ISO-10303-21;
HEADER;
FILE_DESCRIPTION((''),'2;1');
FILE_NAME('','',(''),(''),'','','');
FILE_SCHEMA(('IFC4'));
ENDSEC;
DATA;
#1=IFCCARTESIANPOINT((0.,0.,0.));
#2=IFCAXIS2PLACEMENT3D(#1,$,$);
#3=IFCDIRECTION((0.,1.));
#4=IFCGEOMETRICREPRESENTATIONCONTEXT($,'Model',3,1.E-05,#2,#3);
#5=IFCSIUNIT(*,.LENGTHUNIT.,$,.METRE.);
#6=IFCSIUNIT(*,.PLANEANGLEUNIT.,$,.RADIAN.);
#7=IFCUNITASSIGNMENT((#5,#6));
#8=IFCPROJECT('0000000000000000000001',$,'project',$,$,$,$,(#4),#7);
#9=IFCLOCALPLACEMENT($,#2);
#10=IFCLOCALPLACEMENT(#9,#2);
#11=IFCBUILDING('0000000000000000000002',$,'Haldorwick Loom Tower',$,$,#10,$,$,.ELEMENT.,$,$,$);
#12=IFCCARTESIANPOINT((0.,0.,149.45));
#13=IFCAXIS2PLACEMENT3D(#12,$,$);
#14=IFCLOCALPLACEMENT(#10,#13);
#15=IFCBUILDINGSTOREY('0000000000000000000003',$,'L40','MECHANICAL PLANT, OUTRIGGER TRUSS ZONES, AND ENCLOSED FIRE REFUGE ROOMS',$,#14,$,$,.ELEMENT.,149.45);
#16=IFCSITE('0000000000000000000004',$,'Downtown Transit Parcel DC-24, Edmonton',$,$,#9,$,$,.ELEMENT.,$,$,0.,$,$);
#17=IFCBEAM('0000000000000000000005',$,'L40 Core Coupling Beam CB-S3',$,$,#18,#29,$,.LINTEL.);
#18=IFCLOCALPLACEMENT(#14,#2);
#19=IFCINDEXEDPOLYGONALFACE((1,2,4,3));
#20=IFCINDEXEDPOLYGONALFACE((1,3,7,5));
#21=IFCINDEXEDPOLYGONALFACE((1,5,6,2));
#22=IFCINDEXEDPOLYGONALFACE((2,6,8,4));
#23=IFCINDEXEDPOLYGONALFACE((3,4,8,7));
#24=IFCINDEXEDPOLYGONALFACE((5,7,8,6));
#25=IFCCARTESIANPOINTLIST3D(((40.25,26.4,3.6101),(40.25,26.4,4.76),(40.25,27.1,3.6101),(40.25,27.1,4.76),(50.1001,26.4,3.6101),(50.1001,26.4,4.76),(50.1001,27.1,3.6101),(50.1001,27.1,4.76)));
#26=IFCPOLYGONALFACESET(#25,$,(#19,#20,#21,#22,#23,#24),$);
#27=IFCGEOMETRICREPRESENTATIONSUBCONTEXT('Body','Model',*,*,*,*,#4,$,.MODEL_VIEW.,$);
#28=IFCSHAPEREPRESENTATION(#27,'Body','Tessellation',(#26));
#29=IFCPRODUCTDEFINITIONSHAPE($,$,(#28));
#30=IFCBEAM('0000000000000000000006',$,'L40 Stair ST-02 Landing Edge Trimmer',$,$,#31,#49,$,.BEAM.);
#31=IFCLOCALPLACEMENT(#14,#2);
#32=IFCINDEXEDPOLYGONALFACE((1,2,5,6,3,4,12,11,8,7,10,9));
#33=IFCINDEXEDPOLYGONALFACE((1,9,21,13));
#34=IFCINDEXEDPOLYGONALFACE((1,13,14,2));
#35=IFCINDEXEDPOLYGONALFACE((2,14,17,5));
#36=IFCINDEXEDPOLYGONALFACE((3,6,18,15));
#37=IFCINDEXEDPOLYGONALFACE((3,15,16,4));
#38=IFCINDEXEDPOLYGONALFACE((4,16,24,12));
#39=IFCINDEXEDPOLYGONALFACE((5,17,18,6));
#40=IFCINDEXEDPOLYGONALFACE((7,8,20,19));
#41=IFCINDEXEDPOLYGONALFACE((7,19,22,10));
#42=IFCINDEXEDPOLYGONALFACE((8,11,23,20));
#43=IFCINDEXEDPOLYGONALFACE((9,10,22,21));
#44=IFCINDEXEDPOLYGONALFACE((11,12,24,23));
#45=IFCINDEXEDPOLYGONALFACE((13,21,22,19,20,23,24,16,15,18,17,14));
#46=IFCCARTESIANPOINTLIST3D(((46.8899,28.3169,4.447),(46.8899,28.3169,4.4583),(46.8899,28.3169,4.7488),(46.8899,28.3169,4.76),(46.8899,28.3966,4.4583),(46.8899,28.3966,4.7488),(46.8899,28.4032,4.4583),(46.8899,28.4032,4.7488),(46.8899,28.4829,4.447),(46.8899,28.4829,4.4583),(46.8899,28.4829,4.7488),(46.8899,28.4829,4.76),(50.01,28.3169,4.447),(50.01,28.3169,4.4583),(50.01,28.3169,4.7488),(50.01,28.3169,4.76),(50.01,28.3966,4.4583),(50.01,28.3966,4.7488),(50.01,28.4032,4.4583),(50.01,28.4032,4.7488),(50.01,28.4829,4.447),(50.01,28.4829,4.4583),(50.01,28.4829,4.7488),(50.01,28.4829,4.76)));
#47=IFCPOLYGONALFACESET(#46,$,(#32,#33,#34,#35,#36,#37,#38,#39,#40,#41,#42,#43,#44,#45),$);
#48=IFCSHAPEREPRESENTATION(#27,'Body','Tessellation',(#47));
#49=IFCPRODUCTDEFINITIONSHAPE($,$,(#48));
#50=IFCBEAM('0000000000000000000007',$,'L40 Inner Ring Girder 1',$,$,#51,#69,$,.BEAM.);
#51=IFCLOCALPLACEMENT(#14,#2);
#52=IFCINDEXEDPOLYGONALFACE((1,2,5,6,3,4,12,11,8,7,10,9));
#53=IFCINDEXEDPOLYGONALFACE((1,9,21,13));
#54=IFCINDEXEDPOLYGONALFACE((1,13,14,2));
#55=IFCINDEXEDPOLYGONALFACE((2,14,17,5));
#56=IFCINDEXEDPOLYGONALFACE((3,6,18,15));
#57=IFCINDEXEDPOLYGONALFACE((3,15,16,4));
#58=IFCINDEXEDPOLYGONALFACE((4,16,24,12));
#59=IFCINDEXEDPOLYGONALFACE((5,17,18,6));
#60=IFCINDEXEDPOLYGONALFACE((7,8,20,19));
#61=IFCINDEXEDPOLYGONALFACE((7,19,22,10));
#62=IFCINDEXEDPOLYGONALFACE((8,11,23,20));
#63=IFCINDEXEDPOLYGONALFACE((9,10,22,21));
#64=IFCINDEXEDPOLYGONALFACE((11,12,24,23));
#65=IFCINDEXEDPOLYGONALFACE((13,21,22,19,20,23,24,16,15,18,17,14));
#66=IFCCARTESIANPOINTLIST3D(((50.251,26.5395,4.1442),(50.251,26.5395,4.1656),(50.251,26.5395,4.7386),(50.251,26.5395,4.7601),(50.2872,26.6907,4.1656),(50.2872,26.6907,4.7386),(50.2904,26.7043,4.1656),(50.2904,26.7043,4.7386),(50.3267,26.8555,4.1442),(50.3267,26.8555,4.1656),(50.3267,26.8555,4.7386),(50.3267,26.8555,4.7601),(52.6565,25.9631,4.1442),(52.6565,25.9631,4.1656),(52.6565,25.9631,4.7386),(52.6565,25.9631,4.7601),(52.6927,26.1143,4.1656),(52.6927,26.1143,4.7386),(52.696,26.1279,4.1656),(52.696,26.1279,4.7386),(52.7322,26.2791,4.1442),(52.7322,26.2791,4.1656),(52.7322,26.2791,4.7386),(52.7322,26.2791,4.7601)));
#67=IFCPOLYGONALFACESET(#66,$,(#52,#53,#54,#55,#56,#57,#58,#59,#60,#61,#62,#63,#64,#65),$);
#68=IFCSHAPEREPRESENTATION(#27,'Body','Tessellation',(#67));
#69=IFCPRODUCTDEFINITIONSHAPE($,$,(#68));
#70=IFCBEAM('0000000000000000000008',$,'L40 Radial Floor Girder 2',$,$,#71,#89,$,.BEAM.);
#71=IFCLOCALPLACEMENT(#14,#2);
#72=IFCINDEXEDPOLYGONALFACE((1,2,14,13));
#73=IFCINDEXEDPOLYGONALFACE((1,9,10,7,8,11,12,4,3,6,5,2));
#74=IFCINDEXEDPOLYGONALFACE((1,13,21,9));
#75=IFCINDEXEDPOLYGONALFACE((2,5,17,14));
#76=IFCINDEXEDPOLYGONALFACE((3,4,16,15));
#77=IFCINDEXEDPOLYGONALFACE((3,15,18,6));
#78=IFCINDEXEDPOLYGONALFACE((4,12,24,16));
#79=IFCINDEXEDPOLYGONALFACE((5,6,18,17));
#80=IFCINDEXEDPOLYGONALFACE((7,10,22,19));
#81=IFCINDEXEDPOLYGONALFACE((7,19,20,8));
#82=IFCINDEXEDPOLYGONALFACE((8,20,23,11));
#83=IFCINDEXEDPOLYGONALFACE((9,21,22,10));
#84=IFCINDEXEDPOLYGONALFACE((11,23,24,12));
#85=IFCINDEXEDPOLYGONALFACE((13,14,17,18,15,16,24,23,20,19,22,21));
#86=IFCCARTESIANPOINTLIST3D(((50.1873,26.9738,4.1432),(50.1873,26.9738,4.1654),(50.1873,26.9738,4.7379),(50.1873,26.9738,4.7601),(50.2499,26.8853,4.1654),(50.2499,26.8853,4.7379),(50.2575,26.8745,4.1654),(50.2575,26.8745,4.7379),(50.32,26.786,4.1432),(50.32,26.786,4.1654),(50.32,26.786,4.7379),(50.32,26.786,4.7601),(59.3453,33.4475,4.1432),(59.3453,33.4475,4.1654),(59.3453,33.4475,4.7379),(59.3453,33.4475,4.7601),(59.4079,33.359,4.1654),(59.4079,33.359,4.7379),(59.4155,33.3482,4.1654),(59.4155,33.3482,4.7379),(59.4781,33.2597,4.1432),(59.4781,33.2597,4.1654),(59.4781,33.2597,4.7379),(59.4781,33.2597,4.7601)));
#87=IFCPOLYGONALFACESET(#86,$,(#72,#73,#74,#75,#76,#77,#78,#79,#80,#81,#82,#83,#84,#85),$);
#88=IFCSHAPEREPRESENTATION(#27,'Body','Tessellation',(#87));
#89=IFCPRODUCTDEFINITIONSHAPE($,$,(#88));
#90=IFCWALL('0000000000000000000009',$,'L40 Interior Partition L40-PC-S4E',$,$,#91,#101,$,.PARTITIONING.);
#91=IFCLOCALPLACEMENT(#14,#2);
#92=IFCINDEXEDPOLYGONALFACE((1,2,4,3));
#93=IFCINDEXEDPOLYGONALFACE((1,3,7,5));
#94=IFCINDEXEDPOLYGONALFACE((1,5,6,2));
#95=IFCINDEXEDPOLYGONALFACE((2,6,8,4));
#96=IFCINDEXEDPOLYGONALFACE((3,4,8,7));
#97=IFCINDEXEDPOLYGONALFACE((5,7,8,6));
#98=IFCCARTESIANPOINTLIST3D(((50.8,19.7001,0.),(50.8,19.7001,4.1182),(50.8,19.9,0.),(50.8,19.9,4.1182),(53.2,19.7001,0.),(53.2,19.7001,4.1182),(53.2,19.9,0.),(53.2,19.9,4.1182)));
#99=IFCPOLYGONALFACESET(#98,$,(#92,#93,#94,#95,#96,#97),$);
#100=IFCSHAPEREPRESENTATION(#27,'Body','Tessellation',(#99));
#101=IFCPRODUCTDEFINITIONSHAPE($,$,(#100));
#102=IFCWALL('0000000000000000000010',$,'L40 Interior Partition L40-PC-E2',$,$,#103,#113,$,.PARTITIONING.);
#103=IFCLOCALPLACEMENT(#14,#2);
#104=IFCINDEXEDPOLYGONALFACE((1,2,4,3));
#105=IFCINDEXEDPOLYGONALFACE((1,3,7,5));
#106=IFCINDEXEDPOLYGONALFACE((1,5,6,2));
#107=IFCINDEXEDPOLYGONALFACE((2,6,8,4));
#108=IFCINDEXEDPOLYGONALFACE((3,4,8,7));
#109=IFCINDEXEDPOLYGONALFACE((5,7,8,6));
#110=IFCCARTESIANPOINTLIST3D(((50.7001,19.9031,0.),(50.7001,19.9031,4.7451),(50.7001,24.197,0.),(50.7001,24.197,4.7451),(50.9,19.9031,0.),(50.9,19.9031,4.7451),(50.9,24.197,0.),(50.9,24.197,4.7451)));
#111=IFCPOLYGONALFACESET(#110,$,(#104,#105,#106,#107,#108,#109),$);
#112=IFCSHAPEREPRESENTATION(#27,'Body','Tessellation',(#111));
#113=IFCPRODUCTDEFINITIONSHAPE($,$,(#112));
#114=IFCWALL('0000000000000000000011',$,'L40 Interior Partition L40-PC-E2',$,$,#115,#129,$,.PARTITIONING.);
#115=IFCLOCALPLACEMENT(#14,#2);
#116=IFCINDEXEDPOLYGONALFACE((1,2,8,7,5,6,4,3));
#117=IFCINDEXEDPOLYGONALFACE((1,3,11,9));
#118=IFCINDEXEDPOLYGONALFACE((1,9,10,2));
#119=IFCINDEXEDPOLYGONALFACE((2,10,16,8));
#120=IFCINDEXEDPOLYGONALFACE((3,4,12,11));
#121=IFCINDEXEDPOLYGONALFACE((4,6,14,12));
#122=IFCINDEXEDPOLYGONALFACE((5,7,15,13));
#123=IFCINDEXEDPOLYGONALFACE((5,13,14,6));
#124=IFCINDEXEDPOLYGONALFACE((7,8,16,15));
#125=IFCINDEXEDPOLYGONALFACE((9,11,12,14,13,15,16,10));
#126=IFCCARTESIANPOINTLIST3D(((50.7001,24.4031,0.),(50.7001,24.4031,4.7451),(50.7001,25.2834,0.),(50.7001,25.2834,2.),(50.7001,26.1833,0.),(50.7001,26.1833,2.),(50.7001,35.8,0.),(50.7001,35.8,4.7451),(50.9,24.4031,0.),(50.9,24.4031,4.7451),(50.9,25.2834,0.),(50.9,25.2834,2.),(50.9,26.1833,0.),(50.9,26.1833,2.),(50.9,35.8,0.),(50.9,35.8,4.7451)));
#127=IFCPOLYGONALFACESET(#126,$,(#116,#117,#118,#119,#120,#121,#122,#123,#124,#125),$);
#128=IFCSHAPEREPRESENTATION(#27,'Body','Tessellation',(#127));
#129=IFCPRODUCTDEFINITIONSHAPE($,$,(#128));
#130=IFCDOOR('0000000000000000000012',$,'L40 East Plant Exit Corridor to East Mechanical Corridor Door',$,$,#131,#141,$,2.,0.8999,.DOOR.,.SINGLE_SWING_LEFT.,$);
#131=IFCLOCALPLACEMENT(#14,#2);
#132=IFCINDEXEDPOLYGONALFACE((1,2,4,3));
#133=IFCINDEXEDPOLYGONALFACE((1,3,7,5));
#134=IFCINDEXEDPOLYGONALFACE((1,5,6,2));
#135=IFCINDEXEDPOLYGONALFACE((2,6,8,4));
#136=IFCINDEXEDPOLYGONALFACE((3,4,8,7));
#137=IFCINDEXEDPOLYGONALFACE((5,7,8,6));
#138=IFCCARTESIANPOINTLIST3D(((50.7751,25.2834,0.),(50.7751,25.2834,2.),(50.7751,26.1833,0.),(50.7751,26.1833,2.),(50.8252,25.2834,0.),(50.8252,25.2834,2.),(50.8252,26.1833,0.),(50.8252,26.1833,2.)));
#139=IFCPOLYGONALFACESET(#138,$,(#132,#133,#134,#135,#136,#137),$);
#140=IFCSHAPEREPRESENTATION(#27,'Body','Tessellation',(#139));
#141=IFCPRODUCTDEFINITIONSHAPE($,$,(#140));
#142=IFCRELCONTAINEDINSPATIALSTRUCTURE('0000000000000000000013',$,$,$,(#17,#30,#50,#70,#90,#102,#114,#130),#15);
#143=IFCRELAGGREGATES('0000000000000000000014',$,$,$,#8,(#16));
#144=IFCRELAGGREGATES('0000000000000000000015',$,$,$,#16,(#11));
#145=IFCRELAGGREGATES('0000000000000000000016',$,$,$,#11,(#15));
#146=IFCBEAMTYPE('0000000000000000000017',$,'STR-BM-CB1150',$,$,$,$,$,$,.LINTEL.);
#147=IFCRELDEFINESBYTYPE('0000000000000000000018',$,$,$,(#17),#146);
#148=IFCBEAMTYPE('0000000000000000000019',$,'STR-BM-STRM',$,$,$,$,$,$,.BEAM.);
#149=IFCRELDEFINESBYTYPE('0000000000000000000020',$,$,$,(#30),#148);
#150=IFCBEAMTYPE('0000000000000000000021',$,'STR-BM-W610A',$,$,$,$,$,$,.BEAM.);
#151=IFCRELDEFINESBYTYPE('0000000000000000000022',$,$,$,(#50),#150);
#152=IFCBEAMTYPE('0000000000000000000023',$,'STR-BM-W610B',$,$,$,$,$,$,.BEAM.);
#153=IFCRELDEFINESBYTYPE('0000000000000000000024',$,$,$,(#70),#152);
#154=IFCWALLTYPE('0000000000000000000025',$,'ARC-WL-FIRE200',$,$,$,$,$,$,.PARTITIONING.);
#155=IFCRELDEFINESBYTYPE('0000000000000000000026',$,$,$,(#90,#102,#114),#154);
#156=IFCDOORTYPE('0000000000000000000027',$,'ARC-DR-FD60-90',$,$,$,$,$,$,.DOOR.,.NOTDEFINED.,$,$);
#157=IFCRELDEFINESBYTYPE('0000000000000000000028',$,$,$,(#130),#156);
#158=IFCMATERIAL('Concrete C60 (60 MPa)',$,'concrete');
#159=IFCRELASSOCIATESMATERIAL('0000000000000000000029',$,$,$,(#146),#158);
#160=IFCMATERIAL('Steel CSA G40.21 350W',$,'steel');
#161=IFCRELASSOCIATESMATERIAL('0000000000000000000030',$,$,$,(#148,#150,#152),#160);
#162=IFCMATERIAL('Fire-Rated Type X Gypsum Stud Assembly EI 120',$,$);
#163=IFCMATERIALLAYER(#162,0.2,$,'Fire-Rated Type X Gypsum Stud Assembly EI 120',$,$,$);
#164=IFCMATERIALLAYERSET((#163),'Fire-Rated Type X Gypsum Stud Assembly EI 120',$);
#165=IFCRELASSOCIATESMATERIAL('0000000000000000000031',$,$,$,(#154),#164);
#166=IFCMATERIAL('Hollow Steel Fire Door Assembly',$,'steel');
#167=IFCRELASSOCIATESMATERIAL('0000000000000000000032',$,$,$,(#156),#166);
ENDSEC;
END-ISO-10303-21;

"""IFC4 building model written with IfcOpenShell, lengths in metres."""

from ifc_helpers import new_model, si_unit, direction, frame, frame_2d, origin, origin_2d, place, context, subcontext, project, spatial, rectangle, i_section, extrude, material, layer, layer_set, material_profile, profile_set, type_object, element, fill, save


model = new_model("IFC4")

# Units and contexts
model_context = context("Model", 3, precision=1e-05, world=origin(), true_north=direction((0.0, 1.0)))
body_context = subcontext(model_context, "Body", "Model", "MODEL_VIEW")
ifc_project = project(units=[si_unit("LENGTHUNIT", "METRE"), si_unit("PLANEANGLEUNIT", "RADIAN")], contexts=[model_context])

# Site, building, storey
site_placement = place(None, origin())
site = spatial("IfcSite", under=ifc_project, at=site_placement, Name="Downtown Transit Parcel DC-24, Edmonton", CompositionType="ELEMENT", RefElevation=0.0)
building_placement = place(site_placement, origin())
building = spatial("IfcBuilding", under=site, at=building_placement, Name="Haldorwick Loom Tower", CompositionType="ELEMENT")
storey_placement = place(building_placement, frame((0.0, 0.0, 149.45)))
storey = spatial("IfcBuildingStorey", under=building, at=storey_placement, Name="L40", Description="MECHANICAL PLANT, OUTRIGGER TRUSS ZONES, AND ENCLOSED FIRE REFUGE ROOMS", CompositionType="ELEMENT", Elevation=149.45)

# Shared definitions
ifc_material_1 = material(Name="Concrete C60 (60 MPa)", Category="concrete")

# Beams
ifc_material_2 = material(Name="Steel CSA G40.21 350W", Category="steel")
ifc_material_profile_1 = material_profile(ifc_material_1, rectangle(XDim=0.7, YDim=1.1499, at=origin_2d()), Name="RC700X1150", Category="concrete")
ifc_profile_set_1 = profile_set([ifc_material_profile_1], Name="Concrete C60 (60 MPa)")
beam_type_1 = type_object("IfcBeamType", Name="STR-BM-CB1150", PredefinedType="LINTEL", material=ifc_profile_set_1)
beam_1_placement = place(storey_placement, frame((40.25, 26.75, 4.1851), z_axis=(1.0, 0.0, 0.0), x_axis=(0.0, 1.0, 0.0)))
element("IfcBeam", 1, at=beam_1_placement, inside=storey, type_object=beam_type_1, Name="L40 Core Coupling Beam CB-S3", PredefinedType="LINTEL", context=body_context, shape_type="SweptSolid", body=[
    extrude(rectangle(XDim=0.7, YDim=1.1499, at=origin_2d()), origin(), (0.0, 0.0, 1.0), 9.8501),
])
ifc_material_profile_2 = material_profile(ifc_material_2, i_section(OverallWidth=0.166, OverallDepth=0.313, WebThickness=0.0066, FlangeThickness=0.0112, at=origin_2d()), Name="W310X45", Category="steel")
ifc_profile_set_2 = profile_set([ifc_material_profile_2], Name="Steel CSA G40.21 350W")
beam_type_2 = type_object("IfcBeamType", Name="STR-BM-STRM", PredefinedType="BEAM", material=ifc_profile_set_2)
beam_2_placement = place(storey_placement, frame((46.8899, 28.3999, 4.6035), z_axis=(1.0, 0.0, 0.0), x_axis=(0.0, 1.0, 0.0)))
element("IfcBeam", 2, at=beam_2_placement, inside=storey, type_object=beam_type_2, Name="L40 Stair ST-02 Landing Edge Trimmer", PredefinedType="BEAM", context=body_context, shape_type="SweptSolid", body=[
    extrude(i_section(OverallWidth=0.166, OverallDepth=0.313, WebThickness=0.0066, FlangeThickness=0.0112, at=origin_2d()), origin(), (0.0, 0.0, 1.0), 3.1201),
])
ifc_material_profile_3 = material_profile(ifc_material_2, i_section(OverallWidth=0.325, OverallDepth=0.616, WebThickness=0.0139, FlangeThickness=0.0215, at=origin_2d()), Name="W610X174", Category="steel")
ifc_profile_set_3 = profile_set([ifc_material_profile_3], Name="Steel CSA G40.21 350W")
beam_type_3 = type_object("IfcBeamType", Name="STR-BM-W610A", PredefinedType="BEAM", material=ifc_profile_set_3)
beam_3_placement = place(storey_placement, frame((50.2888, 26.6975, 4.4521), z_axis=(0.972471, -0.233026, 0.0), x_axis=(0.233026, 0.972471, 0.0)))
element("IfcBeam", 3, at=beam_3_placement, inside=storey, type_object=beam_type_3, Name="L40 Inner Ring Girder 1", PredefinedType="BEAM", context=body_context, shape_type="SweptSolid", body=[
    extrude(i_section(OverallWidth=0.325, OverallDepth=0.616, WebThickness=0.0139, FlangeThickness=0.0215, at=origin_2d()), origin(), (0.0, 0.0, 1.0), 2.4736),
])
ifc_material_profile_4 = material_profile(ifc_material_2, i_section(OverallWidth=0.23, OverallDepth=0.6169, WebThickness=0.0132, FlangeThickness=0.0222, at=origin_2d()), Name="W610X140", Category="steel")
ifc_profile_set_4 = profile_set([ifc_material_profile_4], Name="Steel CSA G40.21 350W")
beam_type_4 = type_object("IfcBeamType", Name="STR-BM-W610B", PredefinedType="BEAM", material=ifc_profile_set_4)
beam_4_placement = place(storey_placement, frame((50.2537, 26.8799, 4.4517), z_axis=(0.816582, 0.57723, 0.0), x_axis=(-0.57723, 0.816582, 0.0)))
element("IfcBeam", 4, at=beam_4_placement, inside=storey, type_object=beam_type_4, Name="L40 Radial Floor Girder 2", PredefinedType="BEAM", context=body_context, shape_type="SweptSolid", body=[
    extrude(i_section(OverallWidth=0.23, OverallDepth=0.6169, WebThickness=0.0132, FlangeThickness=0.0222, at=origin_2d()), origin(), (0.0, 0.0, 1.0), 11.2151),
])

# Walls
ifc_material_3 = material(Name="Fire-Rated Type X Gypsum Stud Assembly EI 120")
ifc_layer_1 = layer(ifc_material_3, 0.2, Name="Fire-Rated Type X Gypsum Stud Assembly EI 120")
ifc_layer_set_1 = layer_set([ifc_layer_1], Name="Fire-Rated Type X Gypsum Stud Assembly EI 120")
wall_type_1 = type_object("IfcWallType", Name="ARC-WL-FIRE200", PredefinedType="PARTITIONING", material=ifc_layer_set_1)
wall_1_placement = place(storey_placement, frame((50.8, 19.8, 0.0), z_axis=(0.0, 0.0, 1.0), x_axis=(1.0, 0.0, 0.0)))
element("IfcWall", 5, at=wall_1_placement, inside=storey, type_object=wall_type_1, Name="L40 Interior Partition L40-PC-S4E", PredefinedType="PARTITIONING", context=body_context, shape_type="SweptSolid", body=[
    extrude(rectangle(XDim=2.3999, YDim=0.2, at=frame_2d((1.2, 0.0))), origin(), (0.0, 0.0, 1.0), 4.1182),
])
wall_2_placement = place(storey_placement, frame((50.8, 19.9031, 0.0), z_axis=(0.0, 0.0, 1.0), x_axis=(0.0, 1.0, 0.0)))
element("IfcWall", 6, at=wall_2_placement, inside=storey, type_object=wall_type_1, Name="L40 Interior Partition L40-PC-E2", PredefinedType="PARTITIONING", context=body_context, shape_type="SweptSolid", body=[
    extrude(rectangle(XDim=4.2939, YDim=0.2, at=frame_2d((2.147, 0.0))), origin(), (0.0, 0.0, 1.0), 4.7451),
])

# Wall, opening, door
wall_3_placement = place(storey_placement, frame((50.8, 24.4031, 0.0), z_axis=(0.0, 0.0, 1.0), x_axis=(0.0, 1.0, 0.0)))
wall_3 = element("IfcWall", 7, at=wall_3_placement, inside=storey, type_object=wall_type_1, Name="L40 Interior Partition L40-PC-E2", PredefinedType="PARTITIONING", context=body_context, shape_type="SweptSolid", body=[
    extrude(rectangle(XDim=11.397, YDim=0.2, at=frame_2d((5.6985, 0.0))), origin(), (0.0, 0.0, 1.0), 4.7451),
])
opening_1_placement = place(wall_3_placement, frame((0.8804, 0.0, 0.0)))
opening_1 = element("IfcOpeningElement", 8, at=opening_1_placement, cuts=wall_3, PredefinedType="OPENING", context=body_context, shape_type="SweptSolid", body=[
    extrude(rectangle(XDim=0.8999, YDim=2.0, at=frame_2d((0.45, 1.0))), frame((0.0, 0.1099, 0.0), z_axis=(0.0, -1.0, 0.0), x_axis=(1.0, 0.0, 0.0)), (0.0, 0.0, 1.0), 0.22),
])
ifc_material_4 = material(Name="Hollow Steel Fire Door Assembly", Category="steel")
door_type_1 = type_object("IfcDoorType", Name="ARC-DR-FD60-90", OperationType="NOTDEFINED", PredefinedType="DOOR", material=ifc_material_4)
door_1_placement = place(opening_1_placement, origin())
door_1 = element("IfcDoor", 9, at=door_1_placement, inside=storey, type_object=door_type_1, Name="L40 East Plant Exit Corridor to East Mechanical Corridor Door", OperationType="SINGLE_SWING_LEFT", OverallHeight=2.0, OverallWidth=0.8999, PredefinedType="DOOR", context=body_context, shape_type="SweptSolid", body=[
    extrude(rectangle(XDim=0.8999, YDim=2.0, at=frame_2d((0.45, 1.0))), frame((0.0, 0.0249, 0.0), z_axis=(0.0, -1.0, 0.0), x_axis=(1.0, 0.0, 0.0)), (0.0, 0.0, 1.0), 0.05),
])
fill(opening_1, door_1)

save(model, "model.ifc")
